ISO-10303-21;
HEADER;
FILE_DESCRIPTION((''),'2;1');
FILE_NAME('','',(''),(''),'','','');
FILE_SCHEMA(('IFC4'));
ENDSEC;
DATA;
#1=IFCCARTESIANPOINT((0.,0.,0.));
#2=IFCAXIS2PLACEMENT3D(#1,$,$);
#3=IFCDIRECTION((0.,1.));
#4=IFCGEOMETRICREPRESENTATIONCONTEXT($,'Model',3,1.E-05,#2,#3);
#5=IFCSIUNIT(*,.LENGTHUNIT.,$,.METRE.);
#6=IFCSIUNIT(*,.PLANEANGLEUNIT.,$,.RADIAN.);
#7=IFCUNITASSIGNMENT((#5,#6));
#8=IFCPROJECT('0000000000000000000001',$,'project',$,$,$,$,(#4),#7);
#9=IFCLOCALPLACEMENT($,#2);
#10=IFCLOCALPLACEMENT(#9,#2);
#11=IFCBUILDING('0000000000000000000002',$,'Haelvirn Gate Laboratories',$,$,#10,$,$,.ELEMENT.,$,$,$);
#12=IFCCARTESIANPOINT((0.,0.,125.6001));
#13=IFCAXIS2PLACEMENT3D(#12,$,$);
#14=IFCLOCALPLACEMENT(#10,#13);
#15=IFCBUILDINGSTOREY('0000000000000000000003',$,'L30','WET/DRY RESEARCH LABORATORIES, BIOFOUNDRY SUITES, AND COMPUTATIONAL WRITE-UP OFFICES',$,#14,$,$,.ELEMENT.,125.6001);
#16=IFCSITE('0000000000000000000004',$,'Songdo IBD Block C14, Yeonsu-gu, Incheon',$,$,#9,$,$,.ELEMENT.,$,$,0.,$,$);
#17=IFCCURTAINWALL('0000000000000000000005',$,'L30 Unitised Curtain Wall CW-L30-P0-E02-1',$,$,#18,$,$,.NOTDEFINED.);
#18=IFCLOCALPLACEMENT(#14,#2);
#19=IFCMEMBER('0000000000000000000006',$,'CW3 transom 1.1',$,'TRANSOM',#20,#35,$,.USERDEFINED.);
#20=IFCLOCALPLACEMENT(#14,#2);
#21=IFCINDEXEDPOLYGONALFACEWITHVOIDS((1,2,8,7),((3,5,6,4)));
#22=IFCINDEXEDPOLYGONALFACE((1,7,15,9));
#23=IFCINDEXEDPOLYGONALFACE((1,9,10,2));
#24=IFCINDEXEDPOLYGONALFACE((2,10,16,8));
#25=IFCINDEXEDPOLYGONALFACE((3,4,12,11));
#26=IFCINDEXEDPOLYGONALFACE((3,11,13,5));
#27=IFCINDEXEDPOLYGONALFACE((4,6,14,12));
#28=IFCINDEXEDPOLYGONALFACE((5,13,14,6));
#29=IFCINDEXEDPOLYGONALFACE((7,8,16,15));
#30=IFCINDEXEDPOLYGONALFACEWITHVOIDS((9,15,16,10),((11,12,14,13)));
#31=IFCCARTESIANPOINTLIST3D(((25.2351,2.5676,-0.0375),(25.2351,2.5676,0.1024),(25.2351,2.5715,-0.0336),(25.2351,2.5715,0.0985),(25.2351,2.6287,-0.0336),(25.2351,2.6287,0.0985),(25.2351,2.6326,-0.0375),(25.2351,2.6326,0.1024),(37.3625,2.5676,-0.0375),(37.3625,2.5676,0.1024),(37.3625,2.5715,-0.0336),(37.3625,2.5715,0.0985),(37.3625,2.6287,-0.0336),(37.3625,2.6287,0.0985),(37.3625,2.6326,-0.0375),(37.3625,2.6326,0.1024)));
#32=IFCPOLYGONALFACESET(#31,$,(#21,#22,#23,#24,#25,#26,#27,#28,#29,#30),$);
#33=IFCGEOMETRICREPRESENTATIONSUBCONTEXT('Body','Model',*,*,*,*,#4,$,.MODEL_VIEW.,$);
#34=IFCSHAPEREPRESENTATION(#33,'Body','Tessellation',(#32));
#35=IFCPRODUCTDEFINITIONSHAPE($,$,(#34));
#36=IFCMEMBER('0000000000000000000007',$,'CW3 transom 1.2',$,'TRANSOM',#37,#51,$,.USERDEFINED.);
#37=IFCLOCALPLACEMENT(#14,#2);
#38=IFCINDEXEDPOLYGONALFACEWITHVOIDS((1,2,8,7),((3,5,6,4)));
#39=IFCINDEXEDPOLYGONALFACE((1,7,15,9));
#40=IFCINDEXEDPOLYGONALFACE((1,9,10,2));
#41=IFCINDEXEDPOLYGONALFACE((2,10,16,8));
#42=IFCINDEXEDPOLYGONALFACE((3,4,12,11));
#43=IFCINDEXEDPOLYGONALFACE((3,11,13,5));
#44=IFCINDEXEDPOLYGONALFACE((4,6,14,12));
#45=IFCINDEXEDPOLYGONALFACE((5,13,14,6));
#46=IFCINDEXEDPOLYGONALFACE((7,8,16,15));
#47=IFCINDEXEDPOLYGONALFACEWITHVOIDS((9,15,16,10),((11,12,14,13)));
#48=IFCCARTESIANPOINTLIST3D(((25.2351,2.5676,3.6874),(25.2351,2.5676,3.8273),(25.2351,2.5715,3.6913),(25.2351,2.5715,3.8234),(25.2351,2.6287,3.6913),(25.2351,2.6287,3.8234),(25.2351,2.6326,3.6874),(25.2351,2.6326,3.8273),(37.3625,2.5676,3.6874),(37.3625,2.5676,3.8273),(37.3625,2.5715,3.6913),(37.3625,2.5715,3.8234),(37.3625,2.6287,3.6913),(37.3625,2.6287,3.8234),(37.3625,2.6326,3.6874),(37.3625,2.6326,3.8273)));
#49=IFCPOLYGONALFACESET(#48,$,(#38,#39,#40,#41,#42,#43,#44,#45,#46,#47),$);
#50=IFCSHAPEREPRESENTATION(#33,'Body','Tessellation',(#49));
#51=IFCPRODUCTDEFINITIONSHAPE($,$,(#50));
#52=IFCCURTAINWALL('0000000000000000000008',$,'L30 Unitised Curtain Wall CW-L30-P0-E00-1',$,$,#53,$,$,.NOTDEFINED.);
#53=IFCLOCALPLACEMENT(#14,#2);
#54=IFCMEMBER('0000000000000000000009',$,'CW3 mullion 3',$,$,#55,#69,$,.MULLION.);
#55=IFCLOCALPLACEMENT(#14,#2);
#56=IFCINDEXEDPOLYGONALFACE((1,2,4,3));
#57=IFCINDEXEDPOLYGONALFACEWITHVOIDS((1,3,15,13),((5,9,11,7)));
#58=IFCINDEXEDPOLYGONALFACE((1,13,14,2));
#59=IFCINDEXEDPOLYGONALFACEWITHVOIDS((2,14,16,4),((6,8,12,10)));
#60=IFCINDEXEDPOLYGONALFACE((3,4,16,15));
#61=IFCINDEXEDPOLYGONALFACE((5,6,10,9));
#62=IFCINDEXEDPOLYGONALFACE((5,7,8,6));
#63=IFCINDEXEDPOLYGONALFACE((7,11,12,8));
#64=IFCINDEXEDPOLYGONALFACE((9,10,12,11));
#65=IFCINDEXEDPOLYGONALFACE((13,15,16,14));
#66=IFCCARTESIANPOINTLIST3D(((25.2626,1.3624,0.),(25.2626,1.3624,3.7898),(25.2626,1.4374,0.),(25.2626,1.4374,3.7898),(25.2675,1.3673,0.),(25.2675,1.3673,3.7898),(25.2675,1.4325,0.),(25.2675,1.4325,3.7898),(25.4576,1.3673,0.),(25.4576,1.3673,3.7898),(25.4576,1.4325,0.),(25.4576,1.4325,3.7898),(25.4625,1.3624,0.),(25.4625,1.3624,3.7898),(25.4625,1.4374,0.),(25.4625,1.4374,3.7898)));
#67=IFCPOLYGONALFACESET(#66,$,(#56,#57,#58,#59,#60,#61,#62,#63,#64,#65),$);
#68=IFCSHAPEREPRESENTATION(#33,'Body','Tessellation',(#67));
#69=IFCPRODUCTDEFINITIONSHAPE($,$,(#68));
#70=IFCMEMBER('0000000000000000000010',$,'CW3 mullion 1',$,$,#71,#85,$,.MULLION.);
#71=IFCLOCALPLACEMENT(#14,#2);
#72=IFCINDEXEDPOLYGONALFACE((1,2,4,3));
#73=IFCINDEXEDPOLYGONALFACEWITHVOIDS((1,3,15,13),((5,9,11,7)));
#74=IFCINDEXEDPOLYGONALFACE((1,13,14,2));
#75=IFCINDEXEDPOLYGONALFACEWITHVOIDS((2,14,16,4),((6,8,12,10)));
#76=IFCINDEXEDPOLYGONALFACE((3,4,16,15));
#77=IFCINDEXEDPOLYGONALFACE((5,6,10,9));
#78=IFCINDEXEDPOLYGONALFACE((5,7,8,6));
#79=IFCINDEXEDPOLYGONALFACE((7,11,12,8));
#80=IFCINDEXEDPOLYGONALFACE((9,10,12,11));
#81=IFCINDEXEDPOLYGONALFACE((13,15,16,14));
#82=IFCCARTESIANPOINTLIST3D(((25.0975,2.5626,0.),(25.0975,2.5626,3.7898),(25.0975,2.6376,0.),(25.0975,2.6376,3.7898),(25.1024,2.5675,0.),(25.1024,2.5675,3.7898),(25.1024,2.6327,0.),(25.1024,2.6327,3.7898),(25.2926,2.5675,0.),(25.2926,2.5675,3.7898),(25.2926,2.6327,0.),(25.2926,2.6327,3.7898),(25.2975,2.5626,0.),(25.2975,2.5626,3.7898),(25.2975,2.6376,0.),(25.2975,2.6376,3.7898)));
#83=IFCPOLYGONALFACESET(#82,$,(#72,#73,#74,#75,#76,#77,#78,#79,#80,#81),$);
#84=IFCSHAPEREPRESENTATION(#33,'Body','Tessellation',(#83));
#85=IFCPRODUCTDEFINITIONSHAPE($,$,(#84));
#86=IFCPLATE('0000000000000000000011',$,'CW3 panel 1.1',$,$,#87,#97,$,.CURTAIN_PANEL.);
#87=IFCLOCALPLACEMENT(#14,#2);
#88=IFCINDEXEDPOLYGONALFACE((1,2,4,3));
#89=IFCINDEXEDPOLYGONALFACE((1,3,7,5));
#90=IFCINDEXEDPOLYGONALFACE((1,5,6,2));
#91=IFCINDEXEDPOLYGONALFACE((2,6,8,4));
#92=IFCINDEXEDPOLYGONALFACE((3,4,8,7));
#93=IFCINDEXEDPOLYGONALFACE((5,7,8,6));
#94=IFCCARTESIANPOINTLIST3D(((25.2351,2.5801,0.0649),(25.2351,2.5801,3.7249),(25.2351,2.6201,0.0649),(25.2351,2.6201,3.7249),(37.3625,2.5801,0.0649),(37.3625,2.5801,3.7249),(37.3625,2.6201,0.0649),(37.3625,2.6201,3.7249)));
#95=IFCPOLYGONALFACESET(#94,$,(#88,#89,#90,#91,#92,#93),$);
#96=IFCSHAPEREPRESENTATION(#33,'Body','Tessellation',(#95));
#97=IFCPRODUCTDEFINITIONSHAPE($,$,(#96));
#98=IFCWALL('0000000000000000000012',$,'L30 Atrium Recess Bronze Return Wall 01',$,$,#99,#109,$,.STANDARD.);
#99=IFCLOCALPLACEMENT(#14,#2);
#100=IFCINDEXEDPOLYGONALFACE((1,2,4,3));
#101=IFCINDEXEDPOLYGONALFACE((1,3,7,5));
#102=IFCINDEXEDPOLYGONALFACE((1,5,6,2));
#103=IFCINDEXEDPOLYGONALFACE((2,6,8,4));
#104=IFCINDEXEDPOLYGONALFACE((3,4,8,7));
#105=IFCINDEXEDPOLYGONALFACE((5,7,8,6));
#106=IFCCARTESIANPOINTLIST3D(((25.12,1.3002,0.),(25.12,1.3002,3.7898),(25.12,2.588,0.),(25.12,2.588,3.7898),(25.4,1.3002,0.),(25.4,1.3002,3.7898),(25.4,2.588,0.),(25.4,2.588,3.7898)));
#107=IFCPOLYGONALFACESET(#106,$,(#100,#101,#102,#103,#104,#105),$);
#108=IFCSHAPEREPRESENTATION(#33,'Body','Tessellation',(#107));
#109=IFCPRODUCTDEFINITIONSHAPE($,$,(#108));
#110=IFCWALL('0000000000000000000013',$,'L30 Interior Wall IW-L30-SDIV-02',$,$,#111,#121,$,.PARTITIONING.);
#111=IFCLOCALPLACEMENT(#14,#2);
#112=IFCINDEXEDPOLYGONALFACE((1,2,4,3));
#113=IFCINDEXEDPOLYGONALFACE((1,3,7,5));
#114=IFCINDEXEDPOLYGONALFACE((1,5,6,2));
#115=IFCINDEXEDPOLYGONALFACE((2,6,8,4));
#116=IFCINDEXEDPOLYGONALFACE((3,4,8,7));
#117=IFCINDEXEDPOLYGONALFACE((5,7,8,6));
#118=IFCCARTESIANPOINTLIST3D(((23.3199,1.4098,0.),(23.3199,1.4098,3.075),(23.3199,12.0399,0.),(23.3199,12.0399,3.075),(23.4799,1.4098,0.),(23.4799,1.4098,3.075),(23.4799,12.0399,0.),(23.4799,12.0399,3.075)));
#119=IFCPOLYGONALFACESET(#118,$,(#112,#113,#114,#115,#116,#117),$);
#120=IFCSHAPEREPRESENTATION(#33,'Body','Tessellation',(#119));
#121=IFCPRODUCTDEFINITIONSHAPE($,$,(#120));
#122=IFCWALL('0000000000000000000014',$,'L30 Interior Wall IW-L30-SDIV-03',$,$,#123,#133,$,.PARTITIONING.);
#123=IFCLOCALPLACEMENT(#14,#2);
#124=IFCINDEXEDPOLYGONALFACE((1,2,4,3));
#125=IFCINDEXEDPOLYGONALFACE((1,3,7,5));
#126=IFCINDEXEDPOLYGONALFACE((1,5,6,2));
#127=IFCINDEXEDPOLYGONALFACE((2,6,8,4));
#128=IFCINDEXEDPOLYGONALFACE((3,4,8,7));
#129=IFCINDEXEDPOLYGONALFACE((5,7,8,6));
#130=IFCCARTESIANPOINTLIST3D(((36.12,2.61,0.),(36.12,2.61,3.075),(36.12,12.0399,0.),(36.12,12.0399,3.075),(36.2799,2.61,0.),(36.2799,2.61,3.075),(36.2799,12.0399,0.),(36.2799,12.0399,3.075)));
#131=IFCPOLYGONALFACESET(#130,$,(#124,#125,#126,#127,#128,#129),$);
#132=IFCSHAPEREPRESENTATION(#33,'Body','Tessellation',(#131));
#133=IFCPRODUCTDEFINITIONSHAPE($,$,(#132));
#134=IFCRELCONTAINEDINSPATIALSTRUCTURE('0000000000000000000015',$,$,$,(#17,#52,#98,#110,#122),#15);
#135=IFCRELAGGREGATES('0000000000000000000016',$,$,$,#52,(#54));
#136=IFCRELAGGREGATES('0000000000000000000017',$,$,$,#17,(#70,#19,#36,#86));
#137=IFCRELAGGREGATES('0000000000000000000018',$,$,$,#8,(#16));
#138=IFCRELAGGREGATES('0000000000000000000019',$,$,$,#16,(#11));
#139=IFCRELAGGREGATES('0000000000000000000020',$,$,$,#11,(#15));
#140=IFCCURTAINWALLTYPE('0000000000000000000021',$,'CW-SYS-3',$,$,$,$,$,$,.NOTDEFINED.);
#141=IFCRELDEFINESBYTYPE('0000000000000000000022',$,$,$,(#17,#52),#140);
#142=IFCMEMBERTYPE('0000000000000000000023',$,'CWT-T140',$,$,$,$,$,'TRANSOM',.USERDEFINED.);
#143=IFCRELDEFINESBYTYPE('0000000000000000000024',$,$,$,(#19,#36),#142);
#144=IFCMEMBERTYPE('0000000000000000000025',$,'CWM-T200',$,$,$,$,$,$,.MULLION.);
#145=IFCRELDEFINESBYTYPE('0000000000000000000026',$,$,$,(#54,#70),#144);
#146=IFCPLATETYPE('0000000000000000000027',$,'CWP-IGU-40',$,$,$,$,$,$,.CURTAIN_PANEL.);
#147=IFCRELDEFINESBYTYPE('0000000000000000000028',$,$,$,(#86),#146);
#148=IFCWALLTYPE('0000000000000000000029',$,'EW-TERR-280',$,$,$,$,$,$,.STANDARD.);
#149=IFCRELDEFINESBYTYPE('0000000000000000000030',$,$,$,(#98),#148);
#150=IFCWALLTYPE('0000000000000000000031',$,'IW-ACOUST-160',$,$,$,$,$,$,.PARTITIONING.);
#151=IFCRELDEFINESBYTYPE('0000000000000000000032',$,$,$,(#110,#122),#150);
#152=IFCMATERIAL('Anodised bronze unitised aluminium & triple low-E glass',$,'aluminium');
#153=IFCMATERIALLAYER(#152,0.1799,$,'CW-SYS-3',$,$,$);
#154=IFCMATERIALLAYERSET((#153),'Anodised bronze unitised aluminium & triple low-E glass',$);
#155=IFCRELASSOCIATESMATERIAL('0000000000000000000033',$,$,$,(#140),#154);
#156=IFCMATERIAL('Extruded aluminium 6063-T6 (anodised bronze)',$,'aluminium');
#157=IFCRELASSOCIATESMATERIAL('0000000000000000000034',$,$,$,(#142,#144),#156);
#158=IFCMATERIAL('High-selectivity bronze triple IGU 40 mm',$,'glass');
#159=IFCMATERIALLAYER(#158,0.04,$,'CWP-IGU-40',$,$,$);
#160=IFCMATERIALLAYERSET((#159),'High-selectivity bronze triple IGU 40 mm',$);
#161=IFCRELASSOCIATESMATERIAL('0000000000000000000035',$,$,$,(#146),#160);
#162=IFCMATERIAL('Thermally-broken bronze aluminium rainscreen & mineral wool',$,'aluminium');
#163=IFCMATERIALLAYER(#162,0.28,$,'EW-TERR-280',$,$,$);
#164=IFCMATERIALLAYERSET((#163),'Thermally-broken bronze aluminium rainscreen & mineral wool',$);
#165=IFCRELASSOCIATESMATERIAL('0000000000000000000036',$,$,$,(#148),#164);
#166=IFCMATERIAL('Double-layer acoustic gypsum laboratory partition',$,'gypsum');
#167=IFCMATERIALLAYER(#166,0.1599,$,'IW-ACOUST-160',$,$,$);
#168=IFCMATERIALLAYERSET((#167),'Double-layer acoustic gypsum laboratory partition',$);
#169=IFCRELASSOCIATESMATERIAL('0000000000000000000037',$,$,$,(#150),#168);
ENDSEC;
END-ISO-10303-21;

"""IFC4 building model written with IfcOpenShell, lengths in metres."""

from ifc_helpers import new_model, si_unit, direction, frame, frame_2d, origin, origin_2d, place, context, subcontext, project, spatial, rectangle, hollow_rectangle, extrude, source, transform, mapped, material, layer, layer_set, material_profile, profile_set, type_object, type_shapes, element, aggregate, save


model = new_model("IFC4")

# Units and contexts
model_context = context("Model", 3, precision=1e-05, world=origin(), true_north=direction((0.0, 1.0)))
body_context = subcontext(model_context, "Body", "Model", "MODEL_VIEW")
ifc_project = project(units=[si_unit("LENGTHUNIT", "METRE"), si_unit("PLANEANGLEUNIT", "RADIAN")], contexts=[model_context])

# Site, building, storey
site_placement = place(None, origin())
site = spatial("IfcSite", under=ifc_project, at=site_placement, Name="Songdo IBD Block C14, Yeonsu-gu, Incheon", CompositionType="ELEMENT", RefElevation=0.0)
building_placement = place(site_placement, origin())
building = spatial("IfcBuilding", under=site, at=building_placement, Name="Haelvirn Gate Laboratories", CompositionType="ELEMENT")
storey_placement = place(building_placement, frame((0.0, 0.0, 125.6001)))
storey = spatial("IfcBuildingStorey", under=building, at=storey_placement, Name="L30", Description="WET/DRY RESEARCH LABORATORIES, BIOFOUNDRY SUITES, AND COMPUTATIONAL WRITE-UP OFFICES", CompositionType="ELEMENT", Elevation=125.6001)

# Curtain wall, members
ifc_material_1 = material(Name="Anodised bronze unitised aluminium & triple low-E glass", Category="aluminium")
ifc_layer_1 = layer(ifc_material_1, 0.1799, Name="CW-SYS-3")
ifc_layer_set_1 = layer_set([ifc_layer_1], Name="Anodised bronze unitised aluminium & triple low-E glass")
curtain_wall_type = type_object("IfcCurtainWallType", Name="CW-SYS-3", PredefinedType="NOTDEFINED", material=ifc_layer_set_1)
curtain_wall_1_placement = place(storey_placement, origin())
curtain_wall_1 = element("IfcCurtainWall", 1, at=curtain_wall_1_placement, inside=storey, type_object=curtain_wall_type, Name="L30 Unitised Curtain Wall CW-L30-P0-E02-1", PredefinedType="NOTDEFINED")
ifc_material_2 = material(Name="Extruded aluminium 6063-T6 (anodised bronze)", Category="aluminium")
ifc_material_profile_1 = material_profile(ifc_material_2, hollow_rectangle(XDim=0.0649, YDim=0.1399, WallThickness=0.0039, at=origin_2d()), Name="CWT-140x65x4")
ifc_profile_set_1 = profile_set([ifc_material_profile_1], Name="Extruded aluminium 6063-T6 (anodised bronze)")
member_type_1 = type_object("IfcMemberType", Name="CWT-T140", ElementType="TRANSOM", PredefinedType="USERDEFINED", material=ifc_profile_set_1)
shared_shape_1 = source(origin(), body_context, "Body", "SweptSolid", [
    extrude(hollow_rectangle(XDim=0.0649, YDim=0.1399, WallThickness=0.0039, at=origin_2d()), origin(), (0.0, 0.0, 1.0), 12.1274),
])
type_shapes(member_type_1, [shared_shape_1])
member_1_placement = place(storey_placement, frame((25.2351, 2.6001, 0.0325), z_axis=(1.0, 0.0, 0.0), x_axis=(0.0, 1.0, 0.0)))
member_1 = element("IfcMember", 2, at=member_1_placement, type_object=member_type_1, Name="CW3 transom 1.1", ObjectType="TRANSOM", PredefinedType="USERDEFINED", context=body_context, shape_type="MappedRepresentation", body=[
    mapped(shared_shape_1, transform((0.0, 0.0, 0.0), scale=1.0)),
])
member_2_placement = place(storey_placement, frame((25.2351, 2.6001, 3.7573), z_axis=(1.0, 0.0, 0.0), x_axis=(0.0, 1.0, 0.0)))
member_2 = element("IfcMember", 3, at=member_2_placement, type_object=member_type_1, Name="CW3 transom 1.2", ObjectType="TRANSOM", PredefinedType="USERDEFINED", context=body_context, shape_type="MappedRepresentation", body=[
    mapped(shared_shape_1, transform((0.0, 0.0, 0.0), scale=1.0)),
])

# Curtain wall, member
curtain_wall_2_placement = place(storey_placement, origin())
curtain_wall_2 = element("IfcCurtainWall", 4, at=curtain_wall_2_placement, inside=storey, type_object=curtain_wall_type, Name="L30 Unitised Curtain Wall CW-L30-P0-E00-1", PredefinedType="NOTDEFINED")
ifc_material_profile_2 = material_profile(ifc_material_2, hollow_rectangle(XDim=0.075, YDim=0.2, WallThickness=0.0049, at=origin_2d()), Name="CWM-200x75x5")
ifc_profile_set_2 = profile_set([ifc_material_profile_2], Name="Extruded aluminium 6063-T6 (anodised bronze)")
member_type_2 = type_object("IfcMemberType", Name="CWM-T200", PredefinedType="MULLION", material=ifc_profile_set_2)
shared_shape_2 = source(origin(), body_context, "Body", "SweptSolid", [
    extrude(hollow_rectangle(XDim=0.075, YDim=0.2, WallThickness=0.0049, at=origin_2d()), origin(), (0.0, 0.0, 1.0), 3.7898),
])
type_shapes(member_type_2, [shared_shape_2])
member_3_placement = place(storey_placement, frame((25.3625, 1.3999, 0.0), z_axis=(0.0, 0.0, 1.0), x_axis=(0.0, 1.0, 0.0)))
member_3 = element("IfcMember", 5, at=member_3_placement, type_object=member_type_2, Name="CW3 mullion 3", PredefinedType="MULLION", context=body_context, shape_type="MappedRepresentation", body=[
    mapped(shared_shape_2, transform((0.0, 0.0, 0.0), scale=1.0)),
])
aggregate(curtain_wall_2, [member_3])

# Member
member_4_placement = place(storey_placement, frame((25.1975, 2.6001, 0.0), z_axis=(0.0, 0.0, 1.0), x_axis=(0.0, 1.0, 0.0)))
member_4 = element("IfcMember", 6, at=member_4_placement, type_object=member_type_2, Name="CW3 mullion 1", PredefinedType="MULLION", context=body_context, shape_type="MappedRepresentation", body=[
    mapped(shared_shape_2, transform((0.0, 0.0, 0.0), scale=1.0)),
])

# Plate
ifc_material_3 = material(Name="High-selectivity bronze triple IGU 40 mm", Category="glass")
ifc_layer_2 = layer(ifc_material_3, 0.04, Name="CWP-IGU-40")
ifc_layer_set_2 = layer_set([ifc_layer_2], Name="High-selectivity bronze triple IGU 40 mm")
plate_type = type_object("IfcPlateType", Name="CWP-IGU-40", PredefinedType="CURTAIN_PANEL", material=ifc_layer_set_2)
shared_shape_3 = source(origin(), body_context, "Body", "SweptSolid", [
    extrude(rectangle(XDim=12.1274, YDim=0.04, at=origin_2d()), origin(), (0.0, 0.0, 1.0), 3.6599),
])
type_shapes(plate_type, [shared_shape_3])
plate_placement = place(storey_placement, frame((31.2988, 2.6001, 0.0649), z_axis=(0.0, 0.0, 1.0), x_axis=(1.0, 0.0, 0.0)))
plate = element("IfcPlate", 7, at=plate_placement, type_object=plate_type, Name="CW3 panel 1.1", PredefinedType="CURTAIN_PANEL", context=body_context, shape_type="MappedRepresentation", body=[
    mapped(shared_shape_3, transform((0.0, 0.0, 0.0), scale=1.0)),
])
aggregate(curtain_wall_1, [member_4, member_1, member_2, plate])

# Walls
ifc_material_4 = material(Name="Thermally-broken bronze aluminium rainscreen & mineral wool", Category="aluminium")
ifc_layer_3 = layer(ifc_material_4, 0.28, Name="EW-TERR-280")
ifc_layer_set_3 = layer_set([ifc_layer_3], Name="Thermally-broken bronze aluminium rainscreen & mineral wool")
wall_type_1 = type_object("IfcWallType", Name="EW-TERR-280", PredefinedType="STANDARD", material=ifc_layer_set_3)
wall_1_placement = place(storey_placement, frame((25.26, 1.3, 0.0), z_axis=(0.0, 0.0, 1.0), x_axis=(0.0, 1.0, 0.0)))
element("IfcWall", 8, at=wall_1_placement, inside=storey, type_object=wall_type_1, Name="L30 Atrium Recess Bronze Return Wall 01", PredefinedType="STANDARD", context=body_context, shape_type="SweptSolid", body=[
    extrude(rectangle(XDim=1.2878, YDim=0.28, at=frame_2d((0.644, 0.0))), origin(), (0.0, 0.0, 1.0), 3.7898),
])
ifc_material_5 = material(Name="Double-layer acoustic gypsum laboratory partition", Category="gypsum")
ifc_layer_4 = layer(ifc_material_5, 0.1599, Name="IW-ACOUST-160")
ifc_layer_set_4 = layer_set([ifc_layer_4], Name="Double-layer acoustic gypsum laboratory partition")
wall_type_2 = type_object("IfcWallType", Name="IW-ACOUST-160", PredefinedType="PARTITIONING", material=ifc_layer_set_4)
wall_2_placement = place(storey_placement, frame((23.3999, 1.4099, 0.0), z_axis=(0.0, 0.0, 1.0), x_axis=(0.0, 1.0, 0.0)))
element("IfcWall", 9, at=wall_2_placement, inside=storey, type_object=wall_type_2, Name="L30 Interior Wall IW-L30-SDIV-02", PredefinedType="PARTITIONING", context=body_context, shape_type="SweptSolid", body=[
    extrude(rectangle(XDim=10.6301, YDim=0.1599, at=frame_2d((5.3149, 0.0))), origin(), (0.0, 0.0, 1.0), 3.075),
])
wall_3_placement = place(storey_placement, frame((36.2, 2.6101, 0.0), z_axis=(0.0, 0.0, 1.0), x_axis=(0.0, 1.0, 0.0)))
element("IfcWall", 10, at=wall_3_placement, inside=storey, type_object=wall_type_2, Name="L30 Interior Wall IW-L30-SDIV-03", PredefinedType="PARTITIONING", context=body_context, shape_type="SweptSolid", body=[
    extrude(rectangle(XDim=9.4299, YDim=0.1599, at=frame_2d((4.7148, 0.0))), origin(), (0.0, 0.0, 1.0), 3.075),
])

save(model, "model.ifc")
